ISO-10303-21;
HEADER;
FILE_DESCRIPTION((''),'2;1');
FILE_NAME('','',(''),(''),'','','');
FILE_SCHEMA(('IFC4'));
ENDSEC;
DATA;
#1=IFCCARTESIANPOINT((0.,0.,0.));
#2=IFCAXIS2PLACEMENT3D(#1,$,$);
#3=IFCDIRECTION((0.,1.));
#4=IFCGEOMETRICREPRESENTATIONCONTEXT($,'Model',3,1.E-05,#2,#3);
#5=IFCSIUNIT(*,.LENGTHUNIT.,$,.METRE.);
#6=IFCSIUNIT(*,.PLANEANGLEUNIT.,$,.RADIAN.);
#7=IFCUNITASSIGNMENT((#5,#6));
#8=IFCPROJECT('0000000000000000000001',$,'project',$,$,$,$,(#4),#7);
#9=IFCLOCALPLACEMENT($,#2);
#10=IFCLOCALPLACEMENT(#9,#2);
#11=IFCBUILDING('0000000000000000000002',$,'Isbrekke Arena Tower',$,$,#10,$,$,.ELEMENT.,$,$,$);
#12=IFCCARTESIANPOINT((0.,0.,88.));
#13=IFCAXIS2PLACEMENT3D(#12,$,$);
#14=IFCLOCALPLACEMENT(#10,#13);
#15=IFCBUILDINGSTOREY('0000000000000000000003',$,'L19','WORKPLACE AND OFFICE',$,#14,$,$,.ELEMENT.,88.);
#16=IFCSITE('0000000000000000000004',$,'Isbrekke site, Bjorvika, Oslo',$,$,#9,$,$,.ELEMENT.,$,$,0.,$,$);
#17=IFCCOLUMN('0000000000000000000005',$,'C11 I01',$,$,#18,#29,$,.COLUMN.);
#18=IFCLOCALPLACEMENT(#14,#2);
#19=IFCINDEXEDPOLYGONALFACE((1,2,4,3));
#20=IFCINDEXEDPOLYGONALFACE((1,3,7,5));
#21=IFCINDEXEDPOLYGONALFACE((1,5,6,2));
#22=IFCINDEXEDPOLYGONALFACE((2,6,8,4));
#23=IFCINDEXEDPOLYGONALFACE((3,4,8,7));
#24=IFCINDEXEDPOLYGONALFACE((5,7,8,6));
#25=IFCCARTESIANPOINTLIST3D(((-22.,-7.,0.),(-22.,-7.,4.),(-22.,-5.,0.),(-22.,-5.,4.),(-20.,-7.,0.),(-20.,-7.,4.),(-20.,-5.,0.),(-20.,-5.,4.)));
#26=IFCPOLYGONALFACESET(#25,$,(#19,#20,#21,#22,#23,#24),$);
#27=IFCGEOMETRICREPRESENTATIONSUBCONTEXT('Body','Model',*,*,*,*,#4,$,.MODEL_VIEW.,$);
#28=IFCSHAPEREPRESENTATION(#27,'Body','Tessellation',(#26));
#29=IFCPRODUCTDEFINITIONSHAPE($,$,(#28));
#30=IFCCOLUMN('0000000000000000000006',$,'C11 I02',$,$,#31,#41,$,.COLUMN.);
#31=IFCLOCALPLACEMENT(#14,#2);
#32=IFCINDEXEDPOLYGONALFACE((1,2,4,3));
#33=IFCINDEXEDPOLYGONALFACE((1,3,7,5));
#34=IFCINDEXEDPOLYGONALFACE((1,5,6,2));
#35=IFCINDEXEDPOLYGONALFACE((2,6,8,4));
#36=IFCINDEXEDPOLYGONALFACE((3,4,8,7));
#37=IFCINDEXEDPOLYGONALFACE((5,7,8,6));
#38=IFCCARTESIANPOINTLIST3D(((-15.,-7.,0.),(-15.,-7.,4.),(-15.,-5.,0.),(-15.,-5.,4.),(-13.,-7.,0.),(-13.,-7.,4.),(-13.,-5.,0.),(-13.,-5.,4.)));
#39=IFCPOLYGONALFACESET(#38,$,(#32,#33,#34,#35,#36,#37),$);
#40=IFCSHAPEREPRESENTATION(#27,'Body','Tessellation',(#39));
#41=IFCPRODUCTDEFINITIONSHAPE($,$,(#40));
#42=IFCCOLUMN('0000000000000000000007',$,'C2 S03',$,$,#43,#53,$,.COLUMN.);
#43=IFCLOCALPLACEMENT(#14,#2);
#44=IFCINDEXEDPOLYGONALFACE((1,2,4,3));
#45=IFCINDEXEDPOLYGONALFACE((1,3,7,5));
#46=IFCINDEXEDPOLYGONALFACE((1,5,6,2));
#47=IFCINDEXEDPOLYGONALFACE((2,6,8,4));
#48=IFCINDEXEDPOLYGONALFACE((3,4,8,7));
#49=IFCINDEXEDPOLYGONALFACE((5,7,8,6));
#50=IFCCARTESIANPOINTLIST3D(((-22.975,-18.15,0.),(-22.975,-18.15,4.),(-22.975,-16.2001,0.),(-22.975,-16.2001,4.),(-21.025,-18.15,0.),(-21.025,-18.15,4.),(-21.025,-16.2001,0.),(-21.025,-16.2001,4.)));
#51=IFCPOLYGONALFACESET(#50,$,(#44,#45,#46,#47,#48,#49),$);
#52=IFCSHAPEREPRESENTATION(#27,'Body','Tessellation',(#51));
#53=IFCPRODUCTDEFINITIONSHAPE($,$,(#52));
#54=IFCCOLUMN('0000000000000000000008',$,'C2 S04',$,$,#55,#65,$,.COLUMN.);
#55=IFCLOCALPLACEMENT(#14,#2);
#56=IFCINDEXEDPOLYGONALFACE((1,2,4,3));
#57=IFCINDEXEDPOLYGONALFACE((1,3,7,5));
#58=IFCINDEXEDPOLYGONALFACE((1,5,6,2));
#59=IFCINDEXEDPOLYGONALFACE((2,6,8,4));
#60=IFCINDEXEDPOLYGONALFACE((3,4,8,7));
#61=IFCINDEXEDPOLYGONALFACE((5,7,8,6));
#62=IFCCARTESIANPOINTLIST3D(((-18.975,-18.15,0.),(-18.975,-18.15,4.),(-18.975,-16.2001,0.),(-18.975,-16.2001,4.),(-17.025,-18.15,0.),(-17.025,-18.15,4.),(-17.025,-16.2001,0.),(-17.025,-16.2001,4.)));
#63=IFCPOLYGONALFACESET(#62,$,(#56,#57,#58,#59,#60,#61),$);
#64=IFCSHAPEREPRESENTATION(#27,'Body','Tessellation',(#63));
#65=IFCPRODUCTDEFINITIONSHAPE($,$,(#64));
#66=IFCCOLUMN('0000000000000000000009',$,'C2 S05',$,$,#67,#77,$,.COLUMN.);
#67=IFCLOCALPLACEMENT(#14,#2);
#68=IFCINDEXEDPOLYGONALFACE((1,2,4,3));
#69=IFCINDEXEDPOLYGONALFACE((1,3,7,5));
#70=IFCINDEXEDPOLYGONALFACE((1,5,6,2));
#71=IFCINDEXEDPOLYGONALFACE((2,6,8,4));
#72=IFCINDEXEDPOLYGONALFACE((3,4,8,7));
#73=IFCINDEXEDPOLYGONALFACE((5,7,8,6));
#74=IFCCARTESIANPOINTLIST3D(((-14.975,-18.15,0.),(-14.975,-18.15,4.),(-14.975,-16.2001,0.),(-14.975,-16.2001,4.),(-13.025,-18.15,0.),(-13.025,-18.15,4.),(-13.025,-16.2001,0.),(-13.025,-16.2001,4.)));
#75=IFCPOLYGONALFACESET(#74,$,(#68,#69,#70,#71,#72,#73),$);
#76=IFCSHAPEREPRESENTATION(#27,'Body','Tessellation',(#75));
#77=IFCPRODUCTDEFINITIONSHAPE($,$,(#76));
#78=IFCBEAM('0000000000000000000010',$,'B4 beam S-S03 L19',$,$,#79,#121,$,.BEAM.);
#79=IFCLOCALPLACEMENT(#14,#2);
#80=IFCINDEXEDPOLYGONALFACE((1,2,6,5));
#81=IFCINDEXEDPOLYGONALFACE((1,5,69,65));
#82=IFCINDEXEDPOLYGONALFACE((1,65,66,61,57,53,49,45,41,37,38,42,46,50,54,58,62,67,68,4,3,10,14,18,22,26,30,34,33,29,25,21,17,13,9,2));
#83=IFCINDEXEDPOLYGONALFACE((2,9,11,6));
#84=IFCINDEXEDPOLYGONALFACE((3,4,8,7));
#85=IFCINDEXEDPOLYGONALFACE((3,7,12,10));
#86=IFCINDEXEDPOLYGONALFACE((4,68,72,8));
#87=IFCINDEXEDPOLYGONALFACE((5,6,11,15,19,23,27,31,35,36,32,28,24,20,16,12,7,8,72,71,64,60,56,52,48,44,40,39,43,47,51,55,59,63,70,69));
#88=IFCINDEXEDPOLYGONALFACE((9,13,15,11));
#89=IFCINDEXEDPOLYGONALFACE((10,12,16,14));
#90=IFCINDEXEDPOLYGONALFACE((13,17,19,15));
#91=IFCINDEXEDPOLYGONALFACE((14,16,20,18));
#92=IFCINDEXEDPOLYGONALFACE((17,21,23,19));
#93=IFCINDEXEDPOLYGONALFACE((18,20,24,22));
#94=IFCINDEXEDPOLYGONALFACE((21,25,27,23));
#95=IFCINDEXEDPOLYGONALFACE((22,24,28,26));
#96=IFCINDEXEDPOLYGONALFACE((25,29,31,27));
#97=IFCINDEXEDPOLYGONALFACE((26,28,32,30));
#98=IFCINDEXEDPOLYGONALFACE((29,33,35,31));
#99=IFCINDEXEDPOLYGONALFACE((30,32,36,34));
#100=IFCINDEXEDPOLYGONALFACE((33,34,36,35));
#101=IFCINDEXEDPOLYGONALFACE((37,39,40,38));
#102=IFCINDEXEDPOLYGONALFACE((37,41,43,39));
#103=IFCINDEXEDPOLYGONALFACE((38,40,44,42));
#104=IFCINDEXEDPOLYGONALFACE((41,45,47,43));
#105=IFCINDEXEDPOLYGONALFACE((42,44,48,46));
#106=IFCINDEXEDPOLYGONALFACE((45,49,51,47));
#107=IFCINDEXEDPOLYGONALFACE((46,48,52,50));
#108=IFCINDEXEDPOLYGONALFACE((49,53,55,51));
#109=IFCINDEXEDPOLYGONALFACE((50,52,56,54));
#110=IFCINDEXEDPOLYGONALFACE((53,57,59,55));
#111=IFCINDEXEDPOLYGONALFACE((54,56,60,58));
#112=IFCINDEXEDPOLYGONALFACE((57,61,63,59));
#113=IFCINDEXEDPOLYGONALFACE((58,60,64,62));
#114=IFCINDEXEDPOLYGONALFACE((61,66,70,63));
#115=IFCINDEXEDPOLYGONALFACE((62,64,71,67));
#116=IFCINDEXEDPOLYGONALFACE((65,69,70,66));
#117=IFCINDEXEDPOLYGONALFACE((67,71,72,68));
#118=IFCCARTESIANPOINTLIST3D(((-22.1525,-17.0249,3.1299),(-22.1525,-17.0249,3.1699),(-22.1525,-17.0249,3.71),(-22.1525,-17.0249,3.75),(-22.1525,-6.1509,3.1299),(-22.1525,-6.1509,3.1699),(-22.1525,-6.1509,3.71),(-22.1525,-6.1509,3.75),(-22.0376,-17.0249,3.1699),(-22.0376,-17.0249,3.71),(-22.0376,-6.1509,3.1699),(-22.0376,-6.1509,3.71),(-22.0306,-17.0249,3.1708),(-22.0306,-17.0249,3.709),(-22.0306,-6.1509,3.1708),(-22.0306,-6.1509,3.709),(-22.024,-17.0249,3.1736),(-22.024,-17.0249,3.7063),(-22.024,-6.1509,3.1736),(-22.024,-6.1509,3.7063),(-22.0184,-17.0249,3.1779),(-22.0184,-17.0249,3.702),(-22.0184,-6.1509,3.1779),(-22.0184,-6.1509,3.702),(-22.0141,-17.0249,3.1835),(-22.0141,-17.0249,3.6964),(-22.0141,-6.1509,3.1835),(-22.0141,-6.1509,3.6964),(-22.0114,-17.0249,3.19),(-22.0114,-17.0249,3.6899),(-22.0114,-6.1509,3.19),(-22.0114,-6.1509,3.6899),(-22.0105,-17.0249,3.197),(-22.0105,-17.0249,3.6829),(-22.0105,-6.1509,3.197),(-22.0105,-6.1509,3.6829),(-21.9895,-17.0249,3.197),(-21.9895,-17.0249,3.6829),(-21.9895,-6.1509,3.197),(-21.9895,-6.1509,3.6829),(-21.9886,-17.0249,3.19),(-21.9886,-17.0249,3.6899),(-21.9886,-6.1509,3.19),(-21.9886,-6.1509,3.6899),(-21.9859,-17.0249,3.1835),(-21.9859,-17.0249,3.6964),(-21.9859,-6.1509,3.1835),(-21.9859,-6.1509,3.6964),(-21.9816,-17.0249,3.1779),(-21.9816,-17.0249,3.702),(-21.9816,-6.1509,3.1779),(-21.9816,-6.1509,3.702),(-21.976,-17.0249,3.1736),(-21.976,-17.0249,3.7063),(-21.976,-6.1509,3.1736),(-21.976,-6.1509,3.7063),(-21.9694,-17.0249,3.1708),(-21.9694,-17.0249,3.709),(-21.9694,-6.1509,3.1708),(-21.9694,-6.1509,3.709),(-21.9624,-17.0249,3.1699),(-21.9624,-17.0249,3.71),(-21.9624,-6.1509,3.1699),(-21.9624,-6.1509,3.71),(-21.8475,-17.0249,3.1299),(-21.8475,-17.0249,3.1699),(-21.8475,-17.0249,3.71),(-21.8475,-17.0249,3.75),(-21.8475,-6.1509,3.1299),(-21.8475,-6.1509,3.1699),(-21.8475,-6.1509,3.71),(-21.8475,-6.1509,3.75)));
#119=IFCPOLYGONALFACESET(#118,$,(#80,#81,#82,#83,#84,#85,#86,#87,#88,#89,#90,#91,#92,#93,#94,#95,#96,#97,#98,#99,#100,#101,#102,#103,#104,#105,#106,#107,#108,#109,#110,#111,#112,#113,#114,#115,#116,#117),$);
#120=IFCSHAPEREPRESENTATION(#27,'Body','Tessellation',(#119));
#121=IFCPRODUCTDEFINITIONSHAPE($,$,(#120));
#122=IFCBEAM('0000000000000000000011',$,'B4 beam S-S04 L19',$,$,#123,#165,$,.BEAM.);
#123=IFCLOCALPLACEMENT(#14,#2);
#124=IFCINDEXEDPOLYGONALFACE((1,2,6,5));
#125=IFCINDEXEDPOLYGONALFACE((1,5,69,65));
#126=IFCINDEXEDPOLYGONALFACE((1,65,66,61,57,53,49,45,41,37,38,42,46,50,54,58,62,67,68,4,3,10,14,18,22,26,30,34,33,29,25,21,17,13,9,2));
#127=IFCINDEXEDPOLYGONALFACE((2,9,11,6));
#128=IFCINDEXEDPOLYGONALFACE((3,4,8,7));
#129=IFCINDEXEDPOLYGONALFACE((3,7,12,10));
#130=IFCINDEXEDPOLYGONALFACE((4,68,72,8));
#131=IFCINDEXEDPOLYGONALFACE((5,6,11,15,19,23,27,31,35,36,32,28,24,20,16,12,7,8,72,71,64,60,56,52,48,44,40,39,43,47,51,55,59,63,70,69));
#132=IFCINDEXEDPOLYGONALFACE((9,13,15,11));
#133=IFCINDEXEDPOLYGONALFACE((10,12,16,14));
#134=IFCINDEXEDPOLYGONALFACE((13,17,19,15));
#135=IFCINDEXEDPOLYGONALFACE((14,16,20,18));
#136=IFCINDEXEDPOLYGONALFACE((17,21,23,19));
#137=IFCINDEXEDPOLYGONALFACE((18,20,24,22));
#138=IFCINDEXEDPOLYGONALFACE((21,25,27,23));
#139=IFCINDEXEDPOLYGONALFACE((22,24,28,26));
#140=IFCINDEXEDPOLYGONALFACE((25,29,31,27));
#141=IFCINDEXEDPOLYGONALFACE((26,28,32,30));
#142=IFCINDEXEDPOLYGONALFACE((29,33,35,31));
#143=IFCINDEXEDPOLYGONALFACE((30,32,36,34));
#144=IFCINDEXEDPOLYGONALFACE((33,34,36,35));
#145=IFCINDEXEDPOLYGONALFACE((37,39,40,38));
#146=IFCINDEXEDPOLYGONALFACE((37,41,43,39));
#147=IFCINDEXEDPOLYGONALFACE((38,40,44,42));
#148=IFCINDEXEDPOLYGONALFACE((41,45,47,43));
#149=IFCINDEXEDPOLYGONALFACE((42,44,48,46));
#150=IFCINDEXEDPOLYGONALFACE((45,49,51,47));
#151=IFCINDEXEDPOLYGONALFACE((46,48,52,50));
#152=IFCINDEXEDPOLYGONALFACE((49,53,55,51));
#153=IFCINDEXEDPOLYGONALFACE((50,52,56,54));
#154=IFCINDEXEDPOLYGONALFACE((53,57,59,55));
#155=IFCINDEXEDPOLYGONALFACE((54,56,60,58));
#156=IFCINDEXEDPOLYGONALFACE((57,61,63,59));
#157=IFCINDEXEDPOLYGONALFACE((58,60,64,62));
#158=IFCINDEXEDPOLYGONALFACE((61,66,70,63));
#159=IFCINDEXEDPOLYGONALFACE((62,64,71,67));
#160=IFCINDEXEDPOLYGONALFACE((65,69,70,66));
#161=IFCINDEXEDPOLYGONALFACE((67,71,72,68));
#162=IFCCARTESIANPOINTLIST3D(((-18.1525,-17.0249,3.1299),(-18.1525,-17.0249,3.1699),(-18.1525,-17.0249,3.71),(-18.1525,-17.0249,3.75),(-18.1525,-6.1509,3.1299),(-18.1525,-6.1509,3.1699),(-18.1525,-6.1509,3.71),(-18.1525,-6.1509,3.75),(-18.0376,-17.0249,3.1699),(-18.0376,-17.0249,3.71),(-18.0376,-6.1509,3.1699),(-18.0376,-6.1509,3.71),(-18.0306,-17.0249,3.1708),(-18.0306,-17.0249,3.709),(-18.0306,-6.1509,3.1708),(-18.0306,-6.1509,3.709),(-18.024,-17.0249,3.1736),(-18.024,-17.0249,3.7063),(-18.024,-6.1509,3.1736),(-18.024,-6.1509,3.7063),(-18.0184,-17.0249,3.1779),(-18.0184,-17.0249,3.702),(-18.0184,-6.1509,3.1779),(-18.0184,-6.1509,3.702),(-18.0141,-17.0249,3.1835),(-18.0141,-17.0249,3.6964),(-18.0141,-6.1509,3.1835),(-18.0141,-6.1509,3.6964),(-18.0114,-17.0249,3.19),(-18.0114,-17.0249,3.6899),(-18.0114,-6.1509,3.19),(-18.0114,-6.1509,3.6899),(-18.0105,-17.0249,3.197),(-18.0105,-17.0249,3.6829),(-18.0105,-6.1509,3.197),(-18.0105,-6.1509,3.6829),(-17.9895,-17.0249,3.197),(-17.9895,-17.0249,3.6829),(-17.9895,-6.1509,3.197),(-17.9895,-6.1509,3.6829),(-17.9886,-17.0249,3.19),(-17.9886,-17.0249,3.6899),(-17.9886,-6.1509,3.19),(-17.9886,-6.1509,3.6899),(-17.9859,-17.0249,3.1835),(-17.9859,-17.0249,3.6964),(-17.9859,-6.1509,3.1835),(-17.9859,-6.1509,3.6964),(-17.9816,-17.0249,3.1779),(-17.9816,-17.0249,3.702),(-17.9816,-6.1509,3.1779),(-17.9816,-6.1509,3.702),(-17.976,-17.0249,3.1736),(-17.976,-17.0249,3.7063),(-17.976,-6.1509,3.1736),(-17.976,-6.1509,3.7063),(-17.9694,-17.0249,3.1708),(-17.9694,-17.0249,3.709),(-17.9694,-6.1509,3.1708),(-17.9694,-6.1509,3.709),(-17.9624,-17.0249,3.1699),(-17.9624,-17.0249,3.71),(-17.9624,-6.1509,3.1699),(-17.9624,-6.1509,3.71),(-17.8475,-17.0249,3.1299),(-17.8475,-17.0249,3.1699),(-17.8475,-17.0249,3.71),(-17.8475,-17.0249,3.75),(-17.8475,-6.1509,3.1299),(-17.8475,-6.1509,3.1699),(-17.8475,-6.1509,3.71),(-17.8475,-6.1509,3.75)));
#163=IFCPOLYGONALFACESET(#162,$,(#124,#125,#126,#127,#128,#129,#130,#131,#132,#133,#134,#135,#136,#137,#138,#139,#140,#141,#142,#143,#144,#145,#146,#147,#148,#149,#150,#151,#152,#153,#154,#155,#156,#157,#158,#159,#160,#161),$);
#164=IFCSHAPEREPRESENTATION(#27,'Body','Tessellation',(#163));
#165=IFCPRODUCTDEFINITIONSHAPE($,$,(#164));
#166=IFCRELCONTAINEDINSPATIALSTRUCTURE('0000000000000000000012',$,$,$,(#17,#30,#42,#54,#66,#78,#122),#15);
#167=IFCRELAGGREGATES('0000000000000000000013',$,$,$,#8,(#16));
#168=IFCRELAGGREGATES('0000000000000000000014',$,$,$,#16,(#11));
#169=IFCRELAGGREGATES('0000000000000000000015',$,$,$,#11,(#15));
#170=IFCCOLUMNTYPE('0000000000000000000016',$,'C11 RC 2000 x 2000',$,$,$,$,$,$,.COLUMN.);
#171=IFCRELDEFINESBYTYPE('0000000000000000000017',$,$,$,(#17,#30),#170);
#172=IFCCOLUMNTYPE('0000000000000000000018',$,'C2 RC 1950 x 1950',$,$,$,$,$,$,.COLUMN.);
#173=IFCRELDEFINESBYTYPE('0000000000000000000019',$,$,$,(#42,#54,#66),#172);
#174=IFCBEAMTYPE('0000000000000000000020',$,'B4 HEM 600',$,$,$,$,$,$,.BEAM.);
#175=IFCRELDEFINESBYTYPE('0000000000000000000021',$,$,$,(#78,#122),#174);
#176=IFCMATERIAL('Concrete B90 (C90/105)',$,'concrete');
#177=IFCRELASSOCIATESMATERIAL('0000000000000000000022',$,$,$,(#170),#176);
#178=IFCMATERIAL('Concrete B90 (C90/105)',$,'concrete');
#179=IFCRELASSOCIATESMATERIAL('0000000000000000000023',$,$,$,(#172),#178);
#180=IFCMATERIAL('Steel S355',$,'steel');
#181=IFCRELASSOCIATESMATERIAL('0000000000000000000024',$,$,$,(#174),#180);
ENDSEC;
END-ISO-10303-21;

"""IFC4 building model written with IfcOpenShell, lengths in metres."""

from ifc_helpers import new_model, si_unit, direction, frame, origin, origin_2d, place, context, subcontext, project, spatial, rectangle, i_section, extrude, material, material_profile, profile_set, type_object, element, save


model = new_model("IFC4")

# Units and contexts
model_context = context("Model", 3, precision=1e-05, world=origin(), true_north=direction((0.0, 1.0)))
body_context = subcontext(model_context, "Body", "Model", "MODEL_VIEW")
ifc_project = project(units=[si_unit("LENGTHUNIT", "METRE"), si_unit("PLANEANGLEUNIT", "RADIAN")], contexts=[model_context])

# Site, building, storey
site_placement = place(None, origin())
site = spatial("IfcSite", under=ifc_project, at=site_placement, Name="Isbrekke site, Bjorvika, Oslo", CompositionType="ELEMENT", RefElevation=0.0)
building_placement = place(site_placement, origin())
building = spatial("IfcBuilding", under=site, at=building_placement, Name="Isbrekke Arena Tower", CompositionType="ELEMENT")
storey_placement = place(building_placement, frame((0.0, 0.0, 88.0)))
storey = spatial("IfcBuildingStorey", under=building, at=storey_placement, Name="L19", Description="WORKPLACE AND OFFICE", CompositionType="ELEMENT", Elevation=88.0)

# Columns
ifc_material_1 = material(Name="Concrete B90 (C90/105)", Category="concrete")
ifc_material_profile_1 = material_profile(ifc_material_1, rectangle(XDim=2.0, YDim=2.0, at=origin_2d()), Name="RC 2000x2000")
ifc_profile_set_1 = profile_set([ifc_material_profile_1], Name="Concrete B90 (C90/105)")
column_type_1 = type_object("IfcColumnType", Name="C11 RC 2000 x 2000", PredefinedType="COLUMN", material=ifc_profile_set_1)
for number, where, z_axis, x_axis, name in (
    (1, (-21.0, -6.0, 0.0), (0.0, 0.0, 1.0), (1.0, 0.0, 0.0), "C11 I01"),
    (2, (-14.0, -6.0, 0.0), (0.0, 0.0, 1.0), (1.0, 0.0, 0.0), "C11 I02"),
):
    element("IfcColumn", number, at=place(storey_placement, frame(where, z_axis=z_axis, x_axis=x_axis)), inside=storey, type_object=column_type_1, Name=name, PredefinedType="COLUMN", context=body_context, shape_type="SweptSolid", body=[
        extrude(rectangle(XDim=2.0, YDim=2.0, at=origin_2d()), origin(), (0.0, 0.0, 1.0), 4.0),
    ])
ifc_material_2 = material(Name="Concrete B90 (C90/105)", Category="concrete")
ifc_material_profile_2 = material_profile(ifc_material_2, rectangle(XDim=1.95, YDim=1.95, at=origin_2d()), Name="RC 1950x1950")
ifc_profile_set_2 = profile_set([ifc_material_profile_2], Name="Concrete B90 (C90/105)")
column_type_2 = type_object("IfcColumnType", Name="C2 RC 1950 x 1950", PredefinedType="COLUMN", material=ifc_profile_set_2)
for number, where, z_axis, x_axis, name in (
    (3, (-22.0, -17.175, 0.0), (0.0, 0.0, 1.0), (1.0, 0.0, 0.0), "C2 S03"),
    (4, (-18.0, -17.175, 0.0), (0.0, 0.0, 1.0), (1.0, 0.0, 0.0), "C2 S04"),
    (5, (-14.0, -17.175, 0.0), (0.0, 0.0, 1.0), (1.0, 0.0, 0.0), "C2 S05"),
):
    element("IfcColumn", number, at=place(storey_placement, frame(where, z_axis=z_axis, x_axis=x_axis)), inside=storey, type_object=column_type_2, Name=name, PredefinedType="COLUMN", context=body_context, shape_type="SweptSolid", body=[
        extrude(rectangle(XDim=1.95, YDim=1.95, at=origin_2d()), origin(), (0.0, 0.0, 1.0), 4.0),
    ])

# Beams
ifc_material_3 = material(Name="Steel S355", Category="steel")
ifc_material_profile_3 = material_profile(ifc_material_3, i_section(OverallWidth=0.3049, OverallDepth=0.6201, WebThickness=0.021, FlangeThickness=0.04, FilletRadius=0.0271, at=origin_2d()), Name="HEM 600")
ifc_profile_set_3 = profile_set([ifc_material_profile_3], Name="Steel S355")
beam_type_1 = type_object("IfcBeamType", Name="B4 HEM 600", PredefinedType="BEAM", material=ifc_profile_set_3)
for number, where, z_axis, x_axis, name in (
    (6, (-22.0, -17.0249, 3.4399), (0.0, 1.0, 0.0), (-1.0, 0.0, 0.0), "B4 beam S-S03 L19"),
    (7, (-18.0, -17.0249, 3.4399), (0.0, 1.0, 0.0), (-1.0, 0.0, 0.0), "B4 beam S-S04 L19"),
):
    element("IfcBeam", number, at=place(storey_placement, frame(where, z_axis=z_axis, x_axis=x_axis)), inside=storey, type_object=beam_type_1, Name=name, PredefinedType="BEAM", context=body_context, shape_type="SweptSolid", body=[
        extrude(i_section(OverallWidth=0.3049, OverallDepth=0.6201, WebThickness=0.021, FlangeThickness=0.04, FilletRadius=0.0271, at=origin_2d()), origin(), (0.0, 0.0, 1.0), 10.874),
    ])

save(model, "model.ifc")
